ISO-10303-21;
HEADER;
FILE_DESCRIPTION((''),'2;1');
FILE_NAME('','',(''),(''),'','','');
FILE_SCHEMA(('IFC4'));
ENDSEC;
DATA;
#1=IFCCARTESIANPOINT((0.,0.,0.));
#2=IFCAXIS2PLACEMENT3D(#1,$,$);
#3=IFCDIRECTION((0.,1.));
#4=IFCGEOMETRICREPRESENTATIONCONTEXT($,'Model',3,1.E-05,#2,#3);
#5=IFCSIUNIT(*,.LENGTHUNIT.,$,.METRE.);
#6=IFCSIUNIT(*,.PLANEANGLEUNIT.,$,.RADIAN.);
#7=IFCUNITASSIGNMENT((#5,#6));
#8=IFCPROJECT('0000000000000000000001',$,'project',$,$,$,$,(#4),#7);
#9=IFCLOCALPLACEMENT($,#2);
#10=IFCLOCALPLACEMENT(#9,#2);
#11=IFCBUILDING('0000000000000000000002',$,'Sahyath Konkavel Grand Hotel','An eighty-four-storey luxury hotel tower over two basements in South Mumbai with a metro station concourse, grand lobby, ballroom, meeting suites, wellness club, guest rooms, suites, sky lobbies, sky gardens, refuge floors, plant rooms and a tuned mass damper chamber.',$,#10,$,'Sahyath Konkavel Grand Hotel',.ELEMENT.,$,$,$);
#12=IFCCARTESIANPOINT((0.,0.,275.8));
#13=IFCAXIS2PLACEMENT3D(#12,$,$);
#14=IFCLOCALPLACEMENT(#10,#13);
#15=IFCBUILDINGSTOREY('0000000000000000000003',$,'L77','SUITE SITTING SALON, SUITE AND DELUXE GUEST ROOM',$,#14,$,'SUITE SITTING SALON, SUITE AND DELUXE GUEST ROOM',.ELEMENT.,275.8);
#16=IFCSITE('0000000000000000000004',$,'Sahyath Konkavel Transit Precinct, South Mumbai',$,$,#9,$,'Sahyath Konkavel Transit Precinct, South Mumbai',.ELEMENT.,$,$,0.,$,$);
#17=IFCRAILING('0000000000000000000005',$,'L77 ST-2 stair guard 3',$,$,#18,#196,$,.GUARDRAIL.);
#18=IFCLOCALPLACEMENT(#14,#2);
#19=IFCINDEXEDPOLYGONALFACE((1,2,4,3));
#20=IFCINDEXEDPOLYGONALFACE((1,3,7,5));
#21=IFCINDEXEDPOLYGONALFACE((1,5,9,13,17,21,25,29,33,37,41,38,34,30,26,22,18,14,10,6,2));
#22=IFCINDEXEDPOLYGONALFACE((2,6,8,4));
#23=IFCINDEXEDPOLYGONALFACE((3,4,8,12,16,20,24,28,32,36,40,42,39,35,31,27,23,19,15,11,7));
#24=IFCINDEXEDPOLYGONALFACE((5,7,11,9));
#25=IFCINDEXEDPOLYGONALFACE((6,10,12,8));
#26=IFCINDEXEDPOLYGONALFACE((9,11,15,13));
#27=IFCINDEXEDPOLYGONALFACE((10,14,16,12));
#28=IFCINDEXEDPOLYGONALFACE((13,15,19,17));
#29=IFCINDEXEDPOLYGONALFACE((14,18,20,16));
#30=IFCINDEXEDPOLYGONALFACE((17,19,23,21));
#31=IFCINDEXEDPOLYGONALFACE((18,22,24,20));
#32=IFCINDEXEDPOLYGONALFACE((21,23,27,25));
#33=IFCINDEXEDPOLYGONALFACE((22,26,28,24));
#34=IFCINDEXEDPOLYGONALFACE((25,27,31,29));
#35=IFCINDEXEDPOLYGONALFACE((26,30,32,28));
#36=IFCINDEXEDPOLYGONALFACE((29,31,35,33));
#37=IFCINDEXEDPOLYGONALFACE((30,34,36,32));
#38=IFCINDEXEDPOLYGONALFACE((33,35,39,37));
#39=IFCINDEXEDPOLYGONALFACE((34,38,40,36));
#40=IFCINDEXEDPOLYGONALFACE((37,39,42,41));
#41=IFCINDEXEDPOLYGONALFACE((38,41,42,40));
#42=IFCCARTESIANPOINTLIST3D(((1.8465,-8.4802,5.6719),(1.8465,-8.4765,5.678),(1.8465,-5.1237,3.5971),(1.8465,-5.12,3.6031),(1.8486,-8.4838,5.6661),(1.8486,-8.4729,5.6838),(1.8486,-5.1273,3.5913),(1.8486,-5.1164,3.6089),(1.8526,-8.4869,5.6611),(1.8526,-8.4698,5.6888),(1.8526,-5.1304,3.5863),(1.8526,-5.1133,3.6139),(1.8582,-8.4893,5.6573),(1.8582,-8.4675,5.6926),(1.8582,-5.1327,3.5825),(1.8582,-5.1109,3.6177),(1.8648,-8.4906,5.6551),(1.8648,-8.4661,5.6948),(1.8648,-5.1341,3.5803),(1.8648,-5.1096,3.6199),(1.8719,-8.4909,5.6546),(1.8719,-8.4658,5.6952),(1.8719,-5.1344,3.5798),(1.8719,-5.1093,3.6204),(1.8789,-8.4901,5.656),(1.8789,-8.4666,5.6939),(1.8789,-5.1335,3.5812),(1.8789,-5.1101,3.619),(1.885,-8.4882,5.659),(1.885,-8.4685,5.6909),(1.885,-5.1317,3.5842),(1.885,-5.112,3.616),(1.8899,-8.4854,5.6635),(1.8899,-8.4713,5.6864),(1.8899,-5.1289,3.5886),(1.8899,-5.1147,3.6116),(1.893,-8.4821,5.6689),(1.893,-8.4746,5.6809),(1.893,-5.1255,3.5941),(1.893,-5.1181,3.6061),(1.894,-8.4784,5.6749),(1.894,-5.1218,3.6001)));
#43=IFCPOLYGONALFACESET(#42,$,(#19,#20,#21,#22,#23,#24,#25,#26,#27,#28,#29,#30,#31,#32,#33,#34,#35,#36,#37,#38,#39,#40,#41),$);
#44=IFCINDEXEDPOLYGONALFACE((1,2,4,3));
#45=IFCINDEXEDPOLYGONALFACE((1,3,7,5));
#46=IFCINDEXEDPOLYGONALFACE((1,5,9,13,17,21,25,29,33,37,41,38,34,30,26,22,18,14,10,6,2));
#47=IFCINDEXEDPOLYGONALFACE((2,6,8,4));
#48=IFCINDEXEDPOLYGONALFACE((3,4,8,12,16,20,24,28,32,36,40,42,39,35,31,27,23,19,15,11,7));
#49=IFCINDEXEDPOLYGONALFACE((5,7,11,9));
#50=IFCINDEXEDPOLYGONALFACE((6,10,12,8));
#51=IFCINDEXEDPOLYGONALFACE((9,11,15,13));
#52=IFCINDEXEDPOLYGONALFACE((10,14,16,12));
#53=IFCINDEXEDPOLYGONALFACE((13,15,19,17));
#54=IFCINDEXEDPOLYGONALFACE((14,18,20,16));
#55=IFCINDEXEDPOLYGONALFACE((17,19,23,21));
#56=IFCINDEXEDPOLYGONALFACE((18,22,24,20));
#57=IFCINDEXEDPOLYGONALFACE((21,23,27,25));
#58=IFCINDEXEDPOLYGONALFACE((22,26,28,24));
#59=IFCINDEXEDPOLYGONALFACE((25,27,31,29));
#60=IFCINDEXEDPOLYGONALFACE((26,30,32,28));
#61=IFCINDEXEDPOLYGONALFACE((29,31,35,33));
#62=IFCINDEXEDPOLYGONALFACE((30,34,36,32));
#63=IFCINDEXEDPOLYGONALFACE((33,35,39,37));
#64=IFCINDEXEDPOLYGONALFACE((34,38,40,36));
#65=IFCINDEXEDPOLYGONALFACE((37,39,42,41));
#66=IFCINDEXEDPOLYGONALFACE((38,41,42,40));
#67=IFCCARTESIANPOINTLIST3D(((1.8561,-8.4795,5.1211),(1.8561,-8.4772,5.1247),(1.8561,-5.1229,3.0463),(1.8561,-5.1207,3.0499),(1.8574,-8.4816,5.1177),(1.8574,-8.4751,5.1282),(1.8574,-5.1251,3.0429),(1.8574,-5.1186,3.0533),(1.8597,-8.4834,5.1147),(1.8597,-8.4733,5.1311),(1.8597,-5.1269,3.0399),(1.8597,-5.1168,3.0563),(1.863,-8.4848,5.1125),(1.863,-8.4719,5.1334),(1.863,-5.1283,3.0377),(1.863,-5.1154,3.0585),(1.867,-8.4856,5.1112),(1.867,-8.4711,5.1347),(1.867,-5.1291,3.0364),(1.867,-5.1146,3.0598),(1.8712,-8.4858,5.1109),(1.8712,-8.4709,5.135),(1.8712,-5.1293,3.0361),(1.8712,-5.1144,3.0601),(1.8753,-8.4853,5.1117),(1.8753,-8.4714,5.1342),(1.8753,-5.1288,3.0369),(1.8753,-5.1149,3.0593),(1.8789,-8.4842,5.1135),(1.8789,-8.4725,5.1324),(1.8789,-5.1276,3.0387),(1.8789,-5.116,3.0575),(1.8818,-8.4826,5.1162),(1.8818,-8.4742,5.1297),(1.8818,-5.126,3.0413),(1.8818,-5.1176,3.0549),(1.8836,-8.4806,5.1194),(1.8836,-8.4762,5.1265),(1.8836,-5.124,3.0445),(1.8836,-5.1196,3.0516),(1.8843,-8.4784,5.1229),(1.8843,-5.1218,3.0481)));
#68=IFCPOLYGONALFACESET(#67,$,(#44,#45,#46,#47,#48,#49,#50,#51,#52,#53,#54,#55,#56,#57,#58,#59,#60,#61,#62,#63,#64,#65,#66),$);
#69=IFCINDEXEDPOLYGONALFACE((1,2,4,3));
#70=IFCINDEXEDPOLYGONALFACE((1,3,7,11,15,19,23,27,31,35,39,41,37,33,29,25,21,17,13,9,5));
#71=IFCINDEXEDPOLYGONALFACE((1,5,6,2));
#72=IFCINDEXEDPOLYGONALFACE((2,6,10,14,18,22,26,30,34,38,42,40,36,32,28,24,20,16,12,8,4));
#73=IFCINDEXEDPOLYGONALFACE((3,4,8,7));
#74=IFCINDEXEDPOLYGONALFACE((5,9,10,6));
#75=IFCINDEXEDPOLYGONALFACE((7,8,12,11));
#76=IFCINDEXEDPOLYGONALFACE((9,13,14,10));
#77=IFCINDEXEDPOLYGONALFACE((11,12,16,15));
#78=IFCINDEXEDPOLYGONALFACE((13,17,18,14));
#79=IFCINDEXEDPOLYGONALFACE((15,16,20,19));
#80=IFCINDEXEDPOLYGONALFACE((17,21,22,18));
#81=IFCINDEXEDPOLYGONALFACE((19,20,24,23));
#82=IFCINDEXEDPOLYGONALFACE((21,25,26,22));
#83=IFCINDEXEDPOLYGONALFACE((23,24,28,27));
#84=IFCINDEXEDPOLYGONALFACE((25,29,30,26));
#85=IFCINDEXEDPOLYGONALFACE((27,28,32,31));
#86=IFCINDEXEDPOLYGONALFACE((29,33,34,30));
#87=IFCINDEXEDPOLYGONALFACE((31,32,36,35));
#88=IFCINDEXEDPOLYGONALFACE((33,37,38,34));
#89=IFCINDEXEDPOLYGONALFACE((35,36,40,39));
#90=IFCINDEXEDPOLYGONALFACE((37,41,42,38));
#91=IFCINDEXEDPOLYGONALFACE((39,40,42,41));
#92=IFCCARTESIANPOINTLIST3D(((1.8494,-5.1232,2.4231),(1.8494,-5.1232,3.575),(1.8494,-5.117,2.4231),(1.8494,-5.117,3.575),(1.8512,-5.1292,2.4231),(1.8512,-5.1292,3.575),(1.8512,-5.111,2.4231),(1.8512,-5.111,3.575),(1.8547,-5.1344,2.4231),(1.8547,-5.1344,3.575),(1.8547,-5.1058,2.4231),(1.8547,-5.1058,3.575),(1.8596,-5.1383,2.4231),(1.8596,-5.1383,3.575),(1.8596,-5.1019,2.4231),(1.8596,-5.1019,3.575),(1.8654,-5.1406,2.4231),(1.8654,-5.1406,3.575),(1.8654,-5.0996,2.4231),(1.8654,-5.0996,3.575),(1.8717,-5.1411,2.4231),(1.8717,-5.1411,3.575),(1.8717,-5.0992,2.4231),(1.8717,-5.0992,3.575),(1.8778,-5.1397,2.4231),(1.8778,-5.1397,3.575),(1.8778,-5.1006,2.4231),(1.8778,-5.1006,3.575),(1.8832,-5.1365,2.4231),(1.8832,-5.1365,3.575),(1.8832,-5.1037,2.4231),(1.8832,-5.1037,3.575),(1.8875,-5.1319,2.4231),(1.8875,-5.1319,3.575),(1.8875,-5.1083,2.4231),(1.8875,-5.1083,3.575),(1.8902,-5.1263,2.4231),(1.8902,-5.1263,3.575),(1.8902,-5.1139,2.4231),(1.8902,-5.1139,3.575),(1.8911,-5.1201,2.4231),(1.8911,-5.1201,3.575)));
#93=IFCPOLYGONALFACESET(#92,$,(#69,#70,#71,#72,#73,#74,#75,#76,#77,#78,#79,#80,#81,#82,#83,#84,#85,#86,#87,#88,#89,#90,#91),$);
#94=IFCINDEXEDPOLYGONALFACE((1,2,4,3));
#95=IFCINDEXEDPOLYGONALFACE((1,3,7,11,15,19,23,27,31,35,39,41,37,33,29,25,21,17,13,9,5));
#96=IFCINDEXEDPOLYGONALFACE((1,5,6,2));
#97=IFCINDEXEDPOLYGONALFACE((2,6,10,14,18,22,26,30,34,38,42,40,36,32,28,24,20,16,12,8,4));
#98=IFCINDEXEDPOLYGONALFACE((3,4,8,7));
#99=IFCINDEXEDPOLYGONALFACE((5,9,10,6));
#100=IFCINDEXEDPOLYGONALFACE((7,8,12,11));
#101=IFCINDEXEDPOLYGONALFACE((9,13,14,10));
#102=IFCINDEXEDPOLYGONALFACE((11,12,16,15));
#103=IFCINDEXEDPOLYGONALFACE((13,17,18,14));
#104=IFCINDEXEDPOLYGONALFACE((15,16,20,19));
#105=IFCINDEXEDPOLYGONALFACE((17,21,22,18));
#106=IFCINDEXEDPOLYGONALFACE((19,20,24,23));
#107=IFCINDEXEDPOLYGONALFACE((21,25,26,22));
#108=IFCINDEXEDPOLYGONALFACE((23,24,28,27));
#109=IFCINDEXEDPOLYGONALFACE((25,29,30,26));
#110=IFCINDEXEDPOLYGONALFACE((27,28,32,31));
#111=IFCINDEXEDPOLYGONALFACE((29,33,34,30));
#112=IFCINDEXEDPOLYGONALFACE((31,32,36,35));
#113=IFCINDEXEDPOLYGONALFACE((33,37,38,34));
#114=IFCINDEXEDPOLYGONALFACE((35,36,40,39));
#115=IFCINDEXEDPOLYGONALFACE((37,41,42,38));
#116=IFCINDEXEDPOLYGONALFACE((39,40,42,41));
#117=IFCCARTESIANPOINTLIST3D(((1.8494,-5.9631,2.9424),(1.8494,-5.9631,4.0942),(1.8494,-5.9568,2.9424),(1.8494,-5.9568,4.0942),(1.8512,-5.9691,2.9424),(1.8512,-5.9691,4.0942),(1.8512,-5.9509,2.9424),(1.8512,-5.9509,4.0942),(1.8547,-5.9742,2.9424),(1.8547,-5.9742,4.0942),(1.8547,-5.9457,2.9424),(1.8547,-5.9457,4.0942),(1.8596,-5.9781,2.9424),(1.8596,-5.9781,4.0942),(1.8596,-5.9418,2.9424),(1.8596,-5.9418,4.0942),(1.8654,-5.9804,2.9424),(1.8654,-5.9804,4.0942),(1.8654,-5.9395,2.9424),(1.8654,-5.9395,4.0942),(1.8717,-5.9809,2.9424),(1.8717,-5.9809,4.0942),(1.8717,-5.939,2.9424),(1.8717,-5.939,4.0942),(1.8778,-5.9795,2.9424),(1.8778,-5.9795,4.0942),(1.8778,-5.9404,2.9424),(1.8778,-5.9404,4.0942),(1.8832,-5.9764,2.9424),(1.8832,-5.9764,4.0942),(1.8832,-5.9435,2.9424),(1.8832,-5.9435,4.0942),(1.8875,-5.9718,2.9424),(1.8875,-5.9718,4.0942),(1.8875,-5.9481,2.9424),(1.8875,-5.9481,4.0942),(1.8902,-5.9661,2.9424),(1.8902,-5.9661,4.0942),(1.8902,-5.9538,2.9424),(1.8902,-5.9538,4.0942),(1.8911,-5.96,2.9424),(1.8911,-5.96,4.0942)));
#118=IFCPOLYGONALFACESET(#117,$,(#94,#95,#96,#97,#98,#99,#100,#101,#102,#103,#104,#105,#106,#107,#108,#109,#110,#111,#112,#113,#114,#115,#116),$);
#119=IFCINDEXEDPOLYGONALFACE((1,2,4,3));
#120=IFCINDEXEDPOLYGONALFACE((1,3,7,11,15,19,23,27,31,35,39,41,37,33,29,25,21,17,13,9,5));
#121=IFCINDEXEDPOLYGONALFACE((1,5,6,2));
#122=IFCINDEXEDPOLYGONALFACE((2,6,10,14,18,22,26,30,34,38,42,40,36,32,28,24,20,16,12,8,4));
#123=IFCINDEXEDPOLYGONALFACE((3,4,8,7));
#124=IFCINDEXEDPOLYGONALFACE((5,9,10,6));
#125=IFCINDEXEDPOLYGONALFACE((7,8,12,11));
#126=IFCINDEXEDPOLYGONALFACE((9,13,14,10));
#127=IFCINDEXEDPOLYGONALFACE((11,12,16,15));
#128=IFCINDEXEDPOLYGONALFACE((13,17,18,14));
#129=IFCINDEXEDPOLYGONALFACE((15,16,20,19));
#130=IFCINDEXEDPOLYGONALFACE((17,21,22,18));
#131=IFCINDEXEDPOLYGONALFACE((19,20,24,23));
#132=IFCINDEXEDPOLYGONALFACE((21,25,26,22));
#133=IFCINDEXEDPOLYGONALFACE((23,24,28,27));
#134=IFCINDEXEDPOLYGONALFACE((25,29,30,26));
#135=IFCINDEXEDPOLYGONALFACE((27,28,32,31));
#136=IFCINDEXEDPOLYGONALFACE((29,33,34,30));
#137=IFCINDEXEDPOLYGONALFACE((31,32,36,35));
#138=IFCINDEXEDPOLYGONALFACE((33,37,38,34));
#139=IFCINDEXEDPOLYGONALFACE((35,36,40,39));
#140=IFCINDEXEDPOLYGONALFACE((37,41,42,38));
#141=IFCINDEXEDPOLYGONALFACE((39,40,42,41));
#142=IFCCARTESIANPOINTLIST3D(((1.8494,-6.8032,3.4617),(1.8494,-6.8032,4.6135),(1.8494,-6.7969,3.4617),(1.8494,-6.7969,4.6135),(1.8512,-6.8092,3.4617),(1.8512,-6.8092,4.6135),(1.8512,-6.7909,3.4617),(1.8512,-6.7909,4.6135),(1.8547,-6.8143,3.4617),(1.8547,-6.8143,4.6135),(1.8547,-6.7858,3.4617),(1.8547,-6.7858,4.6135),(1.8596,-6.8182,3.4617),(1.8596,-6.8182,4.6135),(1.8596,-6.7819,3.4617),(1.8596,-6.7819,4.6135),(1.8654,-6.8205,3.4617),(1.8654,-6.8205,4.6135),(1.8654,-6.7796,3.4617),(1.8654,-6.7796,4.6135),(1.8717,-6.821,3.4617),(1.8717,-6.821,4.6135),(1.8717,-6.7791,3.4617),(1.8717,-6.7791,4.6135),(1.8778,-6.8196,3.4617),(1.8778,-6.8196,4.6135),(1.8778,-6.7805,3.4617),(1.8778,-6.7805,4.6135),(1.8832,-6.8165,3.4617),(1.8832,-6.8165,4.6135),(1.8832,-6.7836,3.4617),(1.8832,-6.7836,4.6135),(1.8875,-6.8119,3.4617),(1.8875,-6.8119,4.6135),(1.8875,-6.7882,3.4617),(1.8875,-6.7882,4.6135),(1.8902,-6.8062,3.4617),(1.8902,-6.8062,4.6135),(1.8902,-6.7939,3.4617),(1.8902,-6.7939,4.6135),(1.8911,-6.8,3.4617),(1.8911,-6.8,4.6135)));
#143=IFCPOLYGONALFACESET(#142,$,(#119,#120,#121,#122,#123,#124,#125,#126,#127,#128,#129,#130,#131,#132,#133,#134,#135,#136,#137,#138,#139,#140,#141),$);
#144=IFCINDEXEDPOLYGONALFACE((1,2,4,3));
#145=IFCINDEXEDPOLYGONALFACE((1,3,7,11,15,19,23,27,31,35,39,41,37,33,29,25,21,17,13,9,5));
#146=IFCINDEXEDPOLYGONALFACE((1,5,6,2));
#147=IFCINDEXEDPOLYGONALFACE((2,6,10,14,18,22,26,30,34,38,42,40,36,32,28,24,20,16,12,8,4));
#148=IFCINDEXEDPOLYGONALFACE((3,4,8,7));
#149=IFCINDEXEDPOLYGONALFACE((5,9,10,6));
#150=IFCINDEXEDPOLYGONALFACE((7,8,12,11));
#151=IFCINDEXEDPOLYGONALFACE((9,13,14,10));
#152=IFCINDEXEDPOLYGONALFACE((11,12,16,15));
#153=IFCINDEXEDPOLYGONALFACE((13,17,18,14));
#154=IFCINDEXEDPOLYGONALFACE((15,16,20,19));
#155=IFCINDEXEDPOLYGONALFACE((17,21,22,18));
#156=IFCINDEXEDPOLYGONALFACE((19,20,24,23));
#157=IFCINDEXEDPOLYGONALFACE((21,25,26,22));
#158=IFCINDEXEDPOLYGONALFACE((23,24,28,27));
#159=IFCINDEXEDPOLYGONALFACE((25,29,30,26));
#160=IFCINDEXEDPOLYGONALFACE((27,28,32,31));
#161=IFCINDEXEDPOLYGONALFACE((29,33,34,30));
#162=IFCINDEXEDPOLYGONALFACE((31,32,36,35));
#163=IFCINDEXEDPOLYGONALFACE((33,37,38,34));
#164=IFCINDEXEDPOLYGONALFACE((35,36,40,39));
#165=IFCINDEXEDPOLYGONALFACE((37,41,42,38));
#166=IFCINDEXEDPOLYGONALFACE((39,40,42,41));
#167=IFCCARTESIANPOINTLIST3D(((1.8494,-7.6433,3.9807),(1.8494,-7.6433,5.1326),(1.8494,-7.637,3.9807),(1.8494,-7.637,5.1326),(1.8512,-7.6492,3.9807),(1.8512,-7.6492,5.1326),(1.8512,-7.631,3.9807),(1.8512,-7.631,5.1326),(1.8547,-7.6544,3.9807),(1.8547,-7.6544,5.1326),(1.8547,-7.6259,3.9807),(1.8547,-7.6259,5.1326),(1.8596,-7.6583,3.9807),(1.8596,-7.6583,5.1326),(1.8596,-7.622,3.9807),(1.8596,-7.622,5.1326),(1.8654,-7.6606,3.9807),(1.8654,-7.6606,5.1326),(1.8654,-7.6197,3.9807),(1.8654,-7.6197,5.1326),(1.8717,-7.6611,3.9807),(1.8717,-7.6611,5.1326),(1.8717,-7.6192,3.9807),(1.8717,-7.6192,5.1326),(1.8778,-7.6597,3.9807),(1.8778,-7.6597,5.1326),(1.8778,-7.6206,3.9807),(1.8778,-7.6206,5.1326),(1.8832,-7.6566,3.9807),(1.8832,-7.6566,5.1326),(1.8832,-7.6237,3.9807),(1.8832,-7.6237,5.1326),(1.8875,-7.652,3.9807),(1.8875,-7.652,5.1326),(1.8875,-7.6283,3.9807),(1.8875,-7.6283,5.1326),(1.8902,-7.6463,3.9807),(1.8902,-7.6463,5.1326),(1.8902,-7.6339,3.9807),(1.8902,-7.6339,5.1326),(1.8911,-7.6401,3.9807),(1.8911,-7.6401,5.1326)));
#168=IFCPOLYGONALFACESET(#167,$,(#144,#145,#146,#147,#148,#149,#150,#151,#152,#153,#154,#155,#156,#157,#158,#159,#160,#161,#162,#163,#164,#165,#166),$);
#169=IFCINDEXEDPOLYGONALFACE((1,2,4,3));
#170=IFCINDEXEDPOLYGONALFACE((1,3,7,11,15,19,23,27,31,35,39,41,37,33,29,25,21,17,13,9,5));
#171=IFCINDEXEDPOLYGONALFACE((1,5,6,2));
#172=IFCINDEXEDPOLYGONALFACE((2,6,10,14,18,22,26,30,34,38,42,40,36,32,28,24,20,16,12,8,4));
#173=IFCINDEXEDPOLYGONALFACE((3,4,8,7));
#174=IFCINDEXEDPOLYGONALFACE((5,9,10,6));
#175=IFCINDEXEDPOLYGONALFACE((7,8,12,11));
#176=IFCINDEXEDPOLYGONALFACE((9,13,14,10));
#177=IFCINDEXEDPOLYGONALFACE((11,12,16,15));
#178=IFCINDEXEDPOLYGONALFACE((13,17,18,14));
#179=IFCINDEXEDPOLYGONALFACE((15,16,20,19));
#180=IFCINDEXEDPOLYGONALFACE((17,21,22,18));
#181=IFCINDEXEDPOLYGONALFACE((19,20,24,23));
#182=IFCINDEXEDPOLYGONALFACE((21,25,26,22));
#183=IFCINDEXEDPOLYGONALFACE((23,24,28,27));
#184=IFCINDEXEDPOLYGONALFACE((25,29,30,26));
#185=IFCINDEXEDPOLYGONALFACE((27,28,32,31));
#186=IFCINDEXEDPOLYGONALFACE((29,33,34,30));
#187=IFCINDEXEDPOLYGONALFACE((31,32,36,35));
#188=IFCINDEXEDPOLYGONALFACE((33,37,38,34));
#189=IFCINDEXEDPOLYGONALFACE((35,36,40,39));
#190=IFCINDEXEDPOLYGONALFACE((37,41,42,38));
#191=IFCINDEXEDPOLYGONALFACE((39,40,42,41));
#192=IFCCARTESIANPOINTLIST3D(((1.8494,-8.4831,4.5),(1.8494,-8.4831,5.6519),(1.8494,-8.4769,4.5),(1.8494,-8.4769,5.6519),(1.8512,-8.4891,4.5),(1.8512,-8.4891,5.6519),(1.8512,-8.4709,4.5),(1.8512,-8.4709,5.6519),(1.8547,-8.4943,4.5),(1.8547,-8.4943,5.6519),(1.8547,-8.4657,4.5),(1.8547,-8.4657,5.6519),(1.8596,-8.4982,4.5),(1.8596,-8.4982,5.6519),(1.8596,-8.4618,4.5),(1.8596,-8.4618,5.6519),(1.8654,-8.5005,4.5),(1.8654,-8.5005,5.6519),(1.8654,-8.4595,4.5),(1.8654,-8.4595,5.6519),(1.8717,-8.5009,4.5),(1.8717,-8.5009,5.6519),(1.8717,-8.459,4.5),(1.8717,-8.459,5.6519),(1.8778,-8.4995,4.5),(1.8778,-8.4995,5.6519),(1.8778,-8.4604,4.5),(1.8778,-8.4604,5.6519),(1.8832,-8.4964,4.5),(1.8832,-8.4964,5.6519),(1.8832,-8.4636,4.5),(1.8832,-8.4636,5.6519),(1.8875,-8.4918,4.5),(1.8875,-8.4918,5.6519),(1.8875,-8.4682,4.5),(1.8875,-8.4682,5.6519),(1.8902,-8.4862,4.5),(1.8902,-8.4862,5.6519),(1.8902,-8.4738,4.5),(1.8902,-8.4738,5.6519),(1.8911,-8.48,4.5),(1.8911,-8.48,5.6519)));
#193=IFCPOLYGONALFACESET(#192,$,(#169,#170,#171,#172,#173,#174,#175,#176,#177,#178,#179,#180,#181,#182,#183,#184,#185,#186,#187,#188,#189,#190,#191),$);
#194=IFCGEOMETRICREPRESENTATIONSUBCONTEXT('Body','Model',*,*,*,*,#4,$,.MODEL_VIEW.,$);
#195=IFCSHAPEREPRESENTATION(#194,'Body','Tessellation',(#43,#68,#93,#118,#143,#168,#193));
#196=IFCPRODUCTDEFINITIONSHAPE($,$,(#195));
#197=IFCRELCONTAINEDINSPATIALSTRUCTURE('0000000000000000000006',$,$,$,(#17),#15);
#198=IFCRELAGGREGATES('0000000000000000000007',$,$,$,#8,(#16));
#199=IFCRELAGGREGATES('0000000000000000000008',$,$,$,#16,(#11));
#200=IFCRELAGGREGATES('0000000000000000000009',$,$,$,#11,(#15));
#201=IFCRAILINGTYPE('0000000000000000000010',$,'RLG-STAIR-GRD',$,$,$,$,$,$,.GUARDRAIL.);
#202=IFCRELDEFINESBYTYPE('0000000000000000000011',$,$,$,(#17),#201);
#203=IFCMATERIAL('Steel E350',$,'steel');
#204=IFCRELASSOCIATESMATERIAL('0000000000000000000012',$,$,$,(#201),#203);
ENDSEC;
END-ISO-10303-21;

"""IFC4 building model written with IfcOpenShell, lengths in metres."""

from ifc_helpers import new_model, si_unit, direction, frame, origin, origin_2d, place, context, subcontext, project, spatial, circle, extrude, material, type_object, element, save


model = new_model("IFC4")

# Units and contexts
model_context = context("Model", 3, precision=1e-05, world=origin(), true_north=direction((0.0, 1.0)))
body_context = subcontext(model_context, "Body", "Model", "MODEL_VIEW")
ifc_project = project(units=[si_unit("LENGTHUNIT", "METRE"), si_unit("PLANEANGLEUNIT", "RADIAN")], contexts=[model_context])

# Site, building, storey
site_placement = place(None, origin())
site = spatial("IfcSite", under=ifc_project, at=site_placement, Name="Sahyath Konkavel Transit Precinct, South Mumbai", LongName="Sahyath Konkavel Transit Precinct, South Mumbai", CompositionType="ELEMENT", RefElevation=0.0)
building_placement = place(site_placement, origin())
building = spatial("IfcBuilding", under=site, at=building_placement, Name="Sahyath Konkavel Grand Hotel", Description="An eighty-four-storey luxury hotel tower over two basements in South Mumbai with a metro station concourse, grand lobby, ballroom, meeting suites, wellness club, guest rooms, suites, sky lobbies, sky gardens, refuge floors, plant rooms and a tuned mass damper chamber.", LongName="Sahyath Konkavel Grand Hotel", CompositionType="ELEMENT")
storey_placement = place(building_placement, frame((0.0, 0.0, 275.8)))
storey = spatial("IfcBuildingStorey", under=building, at=storey_placement, Name="L77", Description="SUITE SITTING SALON, SUITE AND DELUXE GUEST ROOM", LongName="SUITE SITTING SALON, SUITE AND DELUXE GUEST ROOM", CompositionType="ELEMENT", Elevation=275.8)

# Shared definitions
ifc_material_1 = material(Name="Steel E350", Category="steel")

# Railing
railing_type_1 = type_object("IfcRailingType", Name="RLG-STAIR-GRD", PredefinedType="GUARDRAIL", material=ifc_material_1)
railing_1_placement = place(storey_placement, frame((1.8701, -5.1201, 2.4231)))
element("IfcRailing", 1, at=railing_1_placement, inside=storey, type_object=railing_type_1, Name="L77 ST-2 stair guard 3", PredefinedType="GUARDRAIL", context=body_context, shape_type="SweptSolid", body=[
    extrude(circle(Radius=0.0239, at=origin_2d()), frame((0.0, -0.0017, 1.177), z_axis=(0.0, -0.850606, 0.525803), x_axis=(1.0, 0.0, 0.0)), (0.0, 0.0, 1.0), 3.946),
    extrude(circle(Radius=0.0142, at=origin_2d()), frame((0.0, -0.0017, 0.625), z_axis=(0.0, -0.850606, 0.525803), x_axis=(1.0, 0.0, 0.0)), (0.0, 0.0, 1.0), 3.946),
    extrude(circle(Radius=0.021, at=origin_2d()), origin(), (0.0, 0.0, 1.0), 1.1519),
    extrude(circle(Radius=0.021, at=origin_2d()), frame((0.0, -0.8398, 0.5193)), (0.0, 0.0, 1.0), 1.1519),
    extrude(circle(Radius=0.021, at=origin_2d()), frame((0.0, -1.6799, 1.0386)), (0.0, 0.0, 1.0), 1.1519),
    extrude(circle(Radius=0.021, at=origin_2d()), frame((0.0, -2.52, 1.5576)), (0.0, 0.0, 1.0), 1.1519),
    extrude(circle(Radius=0.021, at=origin_2d()), frame((0.0, -3.3599, 2.0769)), (0.0, 0.0, 1.0), 1.1519),
])

save(model, "model.ifc")
